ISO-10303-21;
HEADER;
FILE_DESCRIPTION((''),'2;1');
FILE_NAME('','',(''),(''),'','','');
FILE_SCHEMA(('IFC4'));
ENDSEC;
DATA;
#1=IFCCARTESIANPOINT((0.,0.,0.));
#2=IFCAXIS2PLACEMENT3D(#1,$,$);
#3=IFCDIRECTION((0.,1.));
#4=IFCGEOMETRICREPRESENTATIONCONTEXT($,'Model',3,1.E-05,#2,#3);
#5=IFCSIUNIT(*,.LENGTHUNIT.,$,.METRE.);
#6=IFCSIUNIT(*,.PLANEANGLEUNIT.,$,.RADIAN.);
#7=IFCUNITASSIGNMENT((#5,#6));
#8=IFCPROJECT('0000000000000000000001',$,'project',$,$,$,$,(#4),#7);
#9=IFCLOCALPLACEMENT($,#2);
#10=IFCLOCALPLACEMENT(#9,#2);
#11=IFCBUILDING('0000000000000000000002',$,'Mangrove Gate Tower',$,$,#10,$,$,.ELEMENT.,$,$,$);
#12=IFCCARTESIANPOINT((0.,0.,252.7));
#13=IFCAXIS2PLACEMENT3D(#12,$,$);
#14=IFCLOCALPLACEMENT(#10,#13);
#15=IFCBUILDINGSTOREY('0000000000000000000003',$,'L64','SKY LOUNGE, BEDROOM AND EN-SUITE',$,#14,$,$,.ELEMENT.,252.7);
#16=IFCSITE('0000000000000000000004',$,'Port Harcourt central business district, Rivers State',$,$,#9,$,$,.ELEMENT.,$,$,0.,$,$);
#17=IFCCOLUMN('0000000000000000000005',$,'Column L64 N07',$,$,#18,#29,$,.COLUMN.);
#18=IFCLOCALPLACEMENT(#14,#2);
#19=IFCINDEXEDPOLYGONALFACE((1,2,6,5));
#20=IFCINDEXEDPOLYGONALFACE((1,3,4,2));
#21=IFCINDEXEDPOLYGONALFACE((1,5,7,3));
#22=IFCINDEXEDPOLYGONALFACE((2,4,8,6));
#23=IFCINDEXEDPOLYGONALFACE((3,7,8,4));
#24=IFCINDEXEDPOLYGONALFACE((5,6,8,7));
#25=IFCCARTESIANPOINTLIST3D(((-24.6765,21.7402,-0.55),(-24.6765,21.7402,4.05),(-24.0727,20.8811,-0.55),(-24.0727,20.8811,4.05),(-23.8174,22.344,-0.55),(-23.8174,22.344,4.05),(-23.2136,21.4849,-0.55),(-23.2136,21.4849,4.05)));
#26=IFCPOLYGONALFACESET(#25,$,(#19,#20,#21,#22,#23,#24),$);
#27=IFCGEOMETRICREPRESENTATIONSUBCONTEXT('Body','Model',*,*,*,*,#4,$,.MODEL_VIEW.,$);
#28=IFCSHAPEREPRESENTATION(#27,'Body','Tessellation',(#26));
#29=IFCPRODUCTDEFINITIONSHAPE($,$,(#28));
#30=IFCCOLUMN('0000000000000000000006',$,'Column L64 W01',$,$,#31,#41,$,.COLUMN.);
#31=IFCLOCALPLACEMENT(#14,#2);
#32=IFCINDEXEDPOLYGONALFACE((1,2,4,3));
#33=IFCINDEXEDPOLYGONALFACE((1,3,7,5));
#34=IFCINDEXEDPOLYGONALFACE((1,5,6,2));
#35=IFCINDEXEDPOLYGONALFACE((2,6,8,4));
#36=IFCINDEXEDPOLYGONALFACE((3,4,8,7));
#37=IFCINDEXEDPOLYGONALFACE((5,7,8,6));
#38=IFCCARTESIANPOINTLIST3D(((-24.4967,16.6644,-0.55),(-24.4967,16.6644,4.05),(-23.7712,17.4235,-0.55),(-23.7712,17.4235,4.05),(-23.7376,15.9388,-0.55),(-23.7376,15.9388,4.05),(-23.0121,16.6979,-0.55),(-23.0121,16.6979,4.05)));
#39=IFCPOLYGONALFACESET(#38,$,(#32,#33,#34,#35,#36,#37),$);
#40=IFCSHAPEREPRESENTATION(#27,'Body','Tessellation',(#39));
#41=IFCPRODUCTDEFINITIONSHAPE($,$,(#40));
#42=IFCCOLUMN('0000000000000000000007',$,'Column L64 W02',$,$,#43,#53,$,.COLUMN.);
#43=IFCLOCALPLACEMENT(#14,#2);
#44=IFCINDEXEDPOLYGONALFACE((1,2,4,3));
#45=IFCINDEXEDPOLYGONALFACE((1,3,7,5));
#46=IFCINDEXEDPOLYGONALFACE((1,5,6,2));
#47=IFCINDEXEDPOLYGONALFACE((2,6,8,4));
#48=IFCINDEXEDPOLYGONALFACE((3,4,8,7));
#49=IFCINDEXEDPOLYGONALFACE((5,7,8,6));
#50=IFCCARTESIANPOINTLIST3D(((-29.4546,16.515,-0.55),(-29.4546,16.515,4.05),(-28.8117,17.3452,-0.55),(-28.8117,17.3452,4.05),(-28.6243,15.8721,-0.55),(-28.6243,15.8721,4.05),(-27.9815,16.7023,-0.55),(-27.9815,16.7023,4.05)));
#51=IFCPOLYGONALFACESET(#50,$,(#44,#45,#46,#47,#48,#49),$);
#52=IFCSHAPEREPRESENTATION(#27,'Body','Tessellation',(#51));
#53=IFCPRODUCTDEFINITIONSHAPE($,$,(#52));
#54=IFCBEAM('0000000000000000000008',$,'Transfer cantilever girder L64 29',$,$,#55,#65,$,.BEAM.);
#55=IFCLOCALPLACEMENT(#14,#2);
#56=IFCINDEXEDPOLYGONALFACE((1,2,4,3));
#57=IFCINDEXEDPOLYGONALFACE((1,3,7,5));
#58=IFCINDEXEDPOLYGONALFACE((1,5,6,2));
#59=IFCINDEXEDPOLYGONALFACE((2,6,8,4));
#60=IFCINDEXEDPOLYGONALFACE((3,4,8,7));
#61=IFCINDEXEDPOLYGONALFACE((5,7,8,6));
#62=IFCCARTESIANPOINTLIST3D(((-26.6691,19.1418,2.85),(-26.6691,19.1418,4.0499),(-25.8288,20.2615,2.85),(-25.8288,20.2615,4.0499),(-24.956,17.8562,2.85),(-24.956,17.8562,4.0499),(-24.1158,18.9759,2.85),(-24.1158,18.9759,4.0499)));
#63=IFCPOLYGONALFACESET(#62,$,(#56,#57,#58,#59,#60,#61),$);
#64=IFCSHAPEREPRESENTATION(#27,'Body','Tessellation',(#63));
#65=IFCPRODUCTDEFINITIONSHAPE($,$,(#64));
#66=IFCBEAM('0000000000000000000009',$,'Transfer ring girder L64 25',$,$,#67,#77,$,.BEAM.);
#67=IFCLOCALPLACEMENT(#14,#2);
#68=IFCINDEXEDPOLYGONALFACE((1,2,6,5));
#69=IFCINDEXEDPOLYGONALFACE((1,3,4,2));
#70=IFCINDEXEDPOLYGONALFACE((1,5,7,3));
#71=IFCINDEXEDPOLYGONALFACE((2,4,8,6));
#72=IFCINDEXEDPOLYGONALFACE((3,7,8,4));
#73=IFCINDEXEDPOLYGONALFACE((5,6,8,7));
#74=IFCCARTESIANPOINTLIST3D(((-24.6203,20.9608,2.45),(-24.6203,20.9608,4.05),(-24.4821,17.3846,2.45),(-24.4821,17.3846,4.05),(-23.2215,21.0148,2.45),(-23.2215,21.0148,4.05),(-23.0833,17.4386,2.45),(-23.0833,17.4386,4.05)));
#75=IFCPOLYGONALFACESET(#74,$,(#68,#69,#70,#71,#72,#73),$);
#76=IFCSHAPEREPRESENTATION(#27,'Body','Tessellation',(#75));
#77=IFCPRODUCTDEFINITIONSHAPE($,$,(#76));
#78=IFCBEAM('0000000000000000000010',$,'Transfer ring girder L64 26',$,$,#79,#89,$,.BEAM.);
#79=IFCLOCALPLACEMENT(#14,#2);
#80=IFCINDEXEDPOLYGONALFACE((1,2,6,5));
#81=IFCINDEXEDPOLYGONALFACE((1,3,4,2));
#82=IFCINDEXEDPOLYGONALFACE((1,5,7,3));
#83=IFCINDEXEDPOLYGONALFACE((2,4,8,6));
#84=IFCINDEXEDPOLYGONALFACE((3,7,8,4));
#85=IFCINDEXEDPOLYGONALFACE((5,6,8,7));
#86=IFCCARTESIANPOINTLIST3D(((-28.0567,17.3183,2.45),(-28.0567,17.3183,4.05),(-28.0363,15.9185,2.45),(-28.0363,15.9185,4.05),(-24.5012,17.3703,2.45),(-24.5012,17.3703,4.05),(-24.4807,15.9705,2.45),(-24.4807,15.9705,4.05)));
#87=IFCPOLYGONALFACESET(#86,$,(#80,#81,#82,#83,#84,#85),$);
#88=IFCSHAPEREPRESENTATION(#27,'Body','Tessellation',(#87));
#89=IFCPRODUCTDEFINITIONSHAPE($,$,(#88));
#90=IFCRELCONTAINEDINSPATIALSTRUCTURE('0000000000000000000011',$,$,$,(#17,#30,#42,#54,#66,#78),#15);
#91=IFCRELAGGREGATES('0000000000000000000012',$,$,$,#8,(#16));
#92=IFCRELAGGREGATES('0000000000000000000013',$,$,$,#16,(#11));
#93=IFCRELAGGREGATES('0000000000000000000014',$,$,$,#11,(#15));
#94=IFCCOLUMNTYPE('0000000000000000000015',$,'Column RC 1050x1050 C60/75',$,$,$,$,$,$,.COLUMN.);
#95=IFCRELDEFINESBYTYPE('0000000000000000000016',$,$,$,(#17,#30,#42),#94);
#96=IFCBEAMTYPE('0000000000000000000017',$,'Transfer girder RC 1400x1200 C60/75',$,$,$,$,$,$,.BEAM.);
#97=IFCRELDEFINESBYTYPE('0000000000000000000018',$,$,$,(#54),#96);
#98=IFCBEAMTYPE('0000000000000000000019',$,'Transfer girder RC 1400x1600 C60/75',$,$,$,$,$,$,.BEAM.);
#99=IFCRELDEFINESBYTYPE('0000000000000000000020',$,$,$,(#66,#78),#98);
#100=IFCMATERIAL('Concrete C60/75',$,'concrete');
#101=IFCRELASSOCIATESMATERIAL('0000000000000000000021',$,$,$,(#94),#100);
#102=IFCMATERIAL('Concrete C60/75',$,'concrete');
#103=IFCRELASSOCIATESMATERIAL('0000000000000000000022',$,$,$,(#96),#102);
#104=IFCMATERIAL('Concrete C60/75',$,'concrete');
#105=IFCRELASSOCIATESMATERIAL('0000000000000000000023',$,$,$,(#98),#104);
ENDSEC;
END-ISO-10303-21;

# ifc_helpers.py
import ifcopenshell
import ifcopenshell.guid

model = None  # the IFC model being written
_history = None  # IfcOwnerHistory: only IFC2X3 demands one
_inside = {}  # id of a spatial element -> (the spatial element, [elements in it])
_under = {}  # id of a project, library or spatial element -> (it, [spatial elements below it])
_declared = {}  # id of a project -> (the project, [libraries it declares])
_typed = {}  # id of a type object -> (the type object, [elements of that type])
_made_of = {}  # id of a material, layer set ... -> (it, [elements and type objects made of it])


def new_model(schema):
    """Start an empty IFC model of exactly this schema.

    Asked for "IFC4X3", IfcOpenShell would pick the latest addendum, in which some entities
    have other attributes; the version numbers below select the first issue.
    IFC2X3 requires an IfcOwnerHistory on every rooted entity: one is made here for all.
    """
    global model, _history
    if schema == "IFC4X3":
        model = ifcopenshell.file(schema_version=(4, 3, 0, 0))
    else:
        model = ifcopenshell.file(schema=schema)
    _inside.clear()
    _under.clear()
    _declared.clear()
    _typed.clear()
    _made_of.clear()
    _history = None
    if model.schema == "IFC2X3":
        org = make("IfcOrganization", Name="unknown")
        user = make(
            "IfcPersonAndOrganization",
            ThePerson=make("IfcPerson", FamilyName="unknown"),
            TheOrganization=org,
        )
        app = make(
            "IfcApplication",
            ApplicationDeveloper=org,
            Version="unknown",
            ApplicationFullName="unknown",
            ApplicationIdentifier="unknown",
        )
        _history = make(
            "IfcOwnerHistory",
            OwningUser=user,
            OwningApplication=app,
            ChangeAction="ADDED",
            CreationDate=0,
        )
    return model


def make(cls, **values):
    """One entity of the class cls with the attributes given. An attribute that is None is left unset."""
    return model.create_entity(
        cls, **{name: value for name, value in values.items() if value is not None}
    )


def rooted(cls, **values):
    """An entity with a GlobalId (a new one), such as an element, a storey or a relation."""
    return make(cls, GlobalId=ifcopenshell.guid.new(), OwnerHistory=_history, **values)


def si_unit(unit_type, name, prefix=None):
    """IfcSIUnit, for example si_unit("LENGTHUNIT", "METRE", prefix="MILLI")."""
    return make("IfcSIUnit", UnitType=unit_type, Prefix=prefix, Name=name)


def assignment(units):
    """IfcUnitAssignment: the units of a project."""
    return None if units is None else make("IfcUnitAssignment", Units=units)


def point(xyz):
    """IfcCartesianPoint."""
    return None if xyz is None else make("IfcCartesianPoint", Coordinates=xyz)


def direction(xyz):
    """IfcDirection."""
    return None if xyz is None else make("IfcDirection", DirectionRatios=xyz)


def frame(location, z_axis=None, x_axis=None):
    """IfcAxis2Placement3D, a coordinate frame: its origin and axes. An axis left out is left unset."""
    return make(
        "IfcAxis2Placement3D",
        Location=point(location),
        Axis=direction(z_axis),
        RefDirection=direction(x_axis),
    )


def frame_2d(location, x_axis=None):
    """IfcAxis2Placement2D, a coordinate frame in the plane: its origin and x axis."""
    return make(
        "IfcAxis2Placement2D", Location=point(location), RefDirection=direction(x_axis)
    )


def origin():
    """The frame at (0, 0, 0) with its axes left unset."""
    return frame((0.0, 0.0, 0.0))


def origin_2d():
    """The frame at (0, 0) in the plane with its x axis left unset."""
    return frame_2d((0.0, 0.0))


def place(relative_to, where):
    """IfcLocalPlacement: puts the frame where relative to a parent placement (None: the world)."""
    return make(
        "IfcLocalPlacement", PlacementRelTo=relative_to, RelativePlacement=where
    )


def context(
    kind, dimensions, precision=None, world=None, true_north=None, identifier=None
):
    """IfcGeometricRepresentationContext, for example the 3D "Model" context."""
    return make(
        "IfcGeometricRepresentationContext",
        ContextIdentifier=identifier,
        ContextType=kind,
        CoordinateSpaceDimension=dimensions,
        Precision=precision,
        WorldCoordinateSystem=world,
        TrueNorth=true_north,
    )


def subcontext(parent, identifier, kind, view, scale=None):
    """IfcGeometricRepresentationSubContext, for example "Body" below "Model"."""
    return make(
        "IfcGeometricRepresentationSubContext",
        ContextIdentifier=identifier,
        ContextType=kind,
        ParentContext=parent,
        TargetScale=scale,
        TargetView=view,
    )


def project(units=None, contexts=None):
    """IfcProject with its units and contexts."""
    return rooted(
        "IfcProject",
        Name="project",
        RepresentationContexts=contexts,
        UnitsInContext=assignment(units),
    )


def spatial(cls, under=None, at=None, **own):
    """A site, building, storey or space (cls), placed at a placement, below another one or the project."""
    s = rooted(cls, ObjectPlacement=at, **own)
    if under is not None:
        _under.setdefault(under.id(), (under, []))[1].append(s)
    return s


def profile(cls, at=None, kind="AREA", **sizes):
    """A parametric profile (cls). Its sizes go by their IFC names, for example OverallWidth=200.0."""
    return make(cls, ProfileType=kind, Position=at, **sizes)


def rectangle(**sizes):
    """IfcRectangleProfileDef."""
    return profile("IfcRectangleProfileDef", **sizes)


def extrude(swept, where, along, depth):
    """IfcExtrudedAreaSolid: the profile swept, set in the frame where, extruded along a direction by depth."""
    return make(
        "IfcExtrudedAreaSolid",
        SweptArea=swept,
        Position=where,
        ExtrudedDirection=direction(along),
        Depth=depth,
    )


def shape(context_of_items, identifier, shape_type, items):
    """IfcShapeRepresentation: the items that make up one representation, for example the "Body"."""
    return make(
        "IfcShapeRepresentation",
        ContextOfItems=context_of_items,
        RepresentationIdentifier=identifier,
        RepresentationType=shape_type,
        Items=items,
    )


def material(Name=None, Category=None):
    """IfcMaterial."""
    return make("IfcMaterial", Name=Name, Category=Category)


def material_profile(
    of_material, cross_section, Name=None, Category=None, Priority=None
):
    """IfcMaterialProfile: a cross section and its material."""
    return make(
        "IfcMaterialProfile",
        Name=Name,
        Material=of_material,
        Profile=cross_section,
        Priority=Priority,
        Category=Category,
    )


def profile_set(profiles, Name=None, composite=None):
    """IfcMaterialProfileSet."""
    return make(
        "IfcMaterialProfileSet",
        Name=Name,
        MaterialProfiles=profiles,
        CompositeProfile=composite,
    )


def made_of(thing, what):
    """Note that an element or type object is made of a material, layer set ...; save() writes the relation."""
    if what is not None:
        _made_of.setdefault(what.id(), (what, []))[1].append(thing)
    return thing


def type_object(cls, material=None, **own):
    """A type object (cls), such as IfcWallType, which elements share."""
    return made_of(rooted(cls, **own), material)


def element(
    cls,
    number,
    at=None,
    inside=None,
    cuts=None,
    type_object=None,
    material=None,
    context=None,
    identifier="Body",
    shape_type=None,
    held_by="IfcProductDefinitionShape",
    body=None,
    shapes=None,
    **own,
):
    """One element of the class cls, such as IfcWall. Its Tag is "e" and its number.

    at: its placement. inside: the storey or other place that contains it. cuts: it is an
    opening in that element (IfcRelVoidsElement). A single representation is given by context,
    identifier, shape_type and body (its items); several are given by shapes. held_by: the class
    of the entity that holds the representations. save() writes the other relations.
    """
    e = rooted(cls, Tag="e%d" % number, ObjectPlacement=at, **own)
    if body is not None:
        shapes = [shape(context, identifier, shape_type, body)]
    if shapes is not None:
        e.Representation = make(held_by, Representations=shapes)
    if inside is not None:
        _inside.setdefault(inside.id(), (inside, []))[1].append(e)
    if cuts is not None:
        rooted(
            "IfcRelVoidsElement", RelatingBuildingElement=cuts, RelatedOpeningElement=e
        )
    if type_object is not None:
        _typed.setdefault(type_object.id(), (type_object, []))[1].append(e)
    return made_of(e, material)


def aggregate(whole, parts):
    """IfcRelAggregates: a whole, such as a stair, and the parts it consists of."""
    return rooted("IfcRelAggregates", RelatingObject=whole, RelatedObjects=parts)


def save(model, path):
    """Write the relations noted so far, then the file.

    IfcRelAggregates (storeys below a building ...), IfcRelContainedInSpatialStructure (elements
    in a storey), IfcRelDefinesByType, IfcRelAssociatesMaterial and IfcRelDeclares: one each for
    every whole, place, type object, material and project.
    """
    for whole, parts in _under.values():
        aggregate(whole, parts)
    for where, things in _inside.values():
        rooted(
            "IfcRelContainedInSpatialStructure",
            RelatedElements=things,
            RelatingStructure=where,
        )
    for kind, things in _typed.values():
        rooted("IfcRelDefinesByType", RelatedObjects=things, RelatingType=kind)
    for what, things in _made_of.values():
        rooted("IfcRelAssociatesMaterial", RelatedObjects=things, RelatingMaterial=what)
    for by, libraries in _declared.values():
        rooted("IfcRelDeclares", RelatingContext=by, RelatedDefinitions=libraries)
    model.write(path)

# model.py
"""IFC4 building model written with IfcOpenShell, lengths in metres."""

from ifc_helpers import new_model, si_unit, direction, frame, origin, origin_2d, place, context, subcontext, project, spatial, rectangle, extrude, material, material_profile, profile_set, type_object, element, save


model = new_model("IFC4")

# Units and contexts
model_context = context("Model", 3, precision=1e-05, world=origin(), true_north=direction((0.0, 1.0)))
body_context = subcontext(model_context, "Body", "Model", "MODEL_VIEW")
ifc_project = project(units=[si_unit("LENGTHUNIT", "METRE"), si_unit("PLANEANGLEUNIT", "RADIAN")], contexts=[model_context])

# Site, building, storey
site_placement = place(None, origin())
site = spatial("IfcSite", under=ifc_project, at=site_placement, Name="Port Harcourt central business district, Rivers State", CompositionType="ELEMENT", RefElevation=0.0)
building_placement = place(site_placement, origin())
building = spatial("IfcBuilding", under=site, at=building_placement, Name="Mangrove Gate Tower", CompositionType="ELEMENT")
storey_placement = place(building_placement, frame((0.0, 0.0, 252.7)))
storey = spatial("IfcBuildingStorey", under=building, at=storey_placement, Name="L64", Description="SKY LOUNGE, BEDROOM AND EN-SUITE", CompositionType="ELEMENT", Elevation=252.7)

# Columns
ifc_material_1 = material(Name="Concrete C60/75", Category="concrete")
ifc_material_profile_1 = material_profile(ifc_material_1, rectangle(XDim=1.05, YDim=1.05, at=origin_2d()))
ifc_profile_set_1 = profile_set([ifc_material_profile_1], Name="Concrete C60/75")
column_type = type_object("IfcColumnType", Name="Column RC 1050x1050 C60/75", PredefinedType="COLUMN", material=ifc_profile_set_1)
for number, where, z_axis, x_axis, name in (
    (1, (-23.9451, 21.6125, -0.55), (0.0, 0.0, 1.0), (-0.818138, -0.575022, 0.0), "Column L64 N07"),
    (2, (-23.7544, 16.6812, -0.55), (0.0, 0.0, 1.0), (-0.690946, -0.722906, 0.0), "Column L64 W01"),
    (3, (-28.718, 16.6086, -0.55), (0.0, 0.0, 1.0), (-0.612247, -0.790667, 0.0), "Column L64 W02"),
):
    element("IfcColumn", number, at=place(storey_placement, frame(where, z_axis=z_axis, x_axis=x_axis)), inside=storey, type_object=column_type, Name=name, PredefinedType="COLUMN", context=body_context, shape_type="SweptSolid", body=[
        extrude(rectangle(XDim=1.05, YDim=1.05, at=origin_2d()), origin(), (0.0, 0.0, 1.0), 4.6001),
    ])

# Beams
ifc_material_2 = material(Name="Concrete C60/75", Category="concrete")
ifc_material_profile_2 = material_profile(ifc_material_2, rectangle(XDim=1.3999, YDim=1.2, at=origin_2d()))
ifc_profile_set_2 = profile_set([ifc_material_profile_2], Name="Concrete C60/75")
beam_type_1 = type_object("IfcBeamType", Name="Transfer girder RC 1400x1200 C60/75", PredefinedType="BEAM", material=ifc_profile_set_2)
beam_1_placement = place(storey_placement, frame((-24.5359, 18.416, 3.45), z_axis=(-0.799822, 0.600237, 0.0), x_axis=(-0.600237, -0.799822, 0.0)))
element("IfcBeam", 4, at=beam_1_placement, inside=storey, type_object=beam_type_1, Name="Transfer cantilever girder L64 29", PredefinedType="BEAM", context=body_context, shape_type="SweptSolid", body=[
    extrude(rectangle(XDim=1.3999, YDim=1.2, at=origin_2d()), origin(), (0.0, 0.0, 1.0), 2.1418),
])
ifc_material_3 = material(Name="Concrete C60/75", Category="concrete")
ifc_material_profile_3 = material_profile(ifc_material_3, rectangle(XDim=1.3999, YDim=1.6001, at=origin_2d()))
ifc_profile_set_3 = profile_set([ifc_material_profile_3], Name="Concrete C60/75")
beam_type_2 = type_object("IfcBeamType", Name="Transfer girder RC 1400x1600 C60/75", PredefinedType="BEAM", material=ifc_profile_set_3)
beam_2_placement = place(storey_placement, frame((-23.9209, 20.9878, 3.25), z_axis=(0.038611, -0.999254, 0.0), x_axis=(0.999254, 0.038611, 0.0)))
element("IfcBeam", 5, at=beam_2_placement, inside=storey, type_object=beam_type_2, Name="Transfer ring girder L64 25", PredefinedType="BEAM", context=body_context, shape_type="SweptSolid", body=[
    extrude(rectangle(XDim=1.3999, YDim=1.6001, at=origin_2d()), origin(), (0.0, 0.0, 1.0), 3.5789),
])
beam_3_placement = place(storey_placement, frame((-24.491, 16.6704, 3.25), z_axis=(-0.999893, -0.014625, 0.0), x_axis=(0.014625, -0.999893, 0.0)))
element("IfcBeam", 6, at=beam_3_placement, inside=storey, type_object=beam_type_2, Name="Transfer ring girder L64 26", PredefinedType="BEAM", context=body_context, shape_type="SweptSolid", body=[
    extrude(rectangle(XDim=1.3999, YDim=1.6001, at=origin_2d()), origin(), (0.0, 0.0, 1.0), 3.5559),
])

save(model, "model.ifc")
